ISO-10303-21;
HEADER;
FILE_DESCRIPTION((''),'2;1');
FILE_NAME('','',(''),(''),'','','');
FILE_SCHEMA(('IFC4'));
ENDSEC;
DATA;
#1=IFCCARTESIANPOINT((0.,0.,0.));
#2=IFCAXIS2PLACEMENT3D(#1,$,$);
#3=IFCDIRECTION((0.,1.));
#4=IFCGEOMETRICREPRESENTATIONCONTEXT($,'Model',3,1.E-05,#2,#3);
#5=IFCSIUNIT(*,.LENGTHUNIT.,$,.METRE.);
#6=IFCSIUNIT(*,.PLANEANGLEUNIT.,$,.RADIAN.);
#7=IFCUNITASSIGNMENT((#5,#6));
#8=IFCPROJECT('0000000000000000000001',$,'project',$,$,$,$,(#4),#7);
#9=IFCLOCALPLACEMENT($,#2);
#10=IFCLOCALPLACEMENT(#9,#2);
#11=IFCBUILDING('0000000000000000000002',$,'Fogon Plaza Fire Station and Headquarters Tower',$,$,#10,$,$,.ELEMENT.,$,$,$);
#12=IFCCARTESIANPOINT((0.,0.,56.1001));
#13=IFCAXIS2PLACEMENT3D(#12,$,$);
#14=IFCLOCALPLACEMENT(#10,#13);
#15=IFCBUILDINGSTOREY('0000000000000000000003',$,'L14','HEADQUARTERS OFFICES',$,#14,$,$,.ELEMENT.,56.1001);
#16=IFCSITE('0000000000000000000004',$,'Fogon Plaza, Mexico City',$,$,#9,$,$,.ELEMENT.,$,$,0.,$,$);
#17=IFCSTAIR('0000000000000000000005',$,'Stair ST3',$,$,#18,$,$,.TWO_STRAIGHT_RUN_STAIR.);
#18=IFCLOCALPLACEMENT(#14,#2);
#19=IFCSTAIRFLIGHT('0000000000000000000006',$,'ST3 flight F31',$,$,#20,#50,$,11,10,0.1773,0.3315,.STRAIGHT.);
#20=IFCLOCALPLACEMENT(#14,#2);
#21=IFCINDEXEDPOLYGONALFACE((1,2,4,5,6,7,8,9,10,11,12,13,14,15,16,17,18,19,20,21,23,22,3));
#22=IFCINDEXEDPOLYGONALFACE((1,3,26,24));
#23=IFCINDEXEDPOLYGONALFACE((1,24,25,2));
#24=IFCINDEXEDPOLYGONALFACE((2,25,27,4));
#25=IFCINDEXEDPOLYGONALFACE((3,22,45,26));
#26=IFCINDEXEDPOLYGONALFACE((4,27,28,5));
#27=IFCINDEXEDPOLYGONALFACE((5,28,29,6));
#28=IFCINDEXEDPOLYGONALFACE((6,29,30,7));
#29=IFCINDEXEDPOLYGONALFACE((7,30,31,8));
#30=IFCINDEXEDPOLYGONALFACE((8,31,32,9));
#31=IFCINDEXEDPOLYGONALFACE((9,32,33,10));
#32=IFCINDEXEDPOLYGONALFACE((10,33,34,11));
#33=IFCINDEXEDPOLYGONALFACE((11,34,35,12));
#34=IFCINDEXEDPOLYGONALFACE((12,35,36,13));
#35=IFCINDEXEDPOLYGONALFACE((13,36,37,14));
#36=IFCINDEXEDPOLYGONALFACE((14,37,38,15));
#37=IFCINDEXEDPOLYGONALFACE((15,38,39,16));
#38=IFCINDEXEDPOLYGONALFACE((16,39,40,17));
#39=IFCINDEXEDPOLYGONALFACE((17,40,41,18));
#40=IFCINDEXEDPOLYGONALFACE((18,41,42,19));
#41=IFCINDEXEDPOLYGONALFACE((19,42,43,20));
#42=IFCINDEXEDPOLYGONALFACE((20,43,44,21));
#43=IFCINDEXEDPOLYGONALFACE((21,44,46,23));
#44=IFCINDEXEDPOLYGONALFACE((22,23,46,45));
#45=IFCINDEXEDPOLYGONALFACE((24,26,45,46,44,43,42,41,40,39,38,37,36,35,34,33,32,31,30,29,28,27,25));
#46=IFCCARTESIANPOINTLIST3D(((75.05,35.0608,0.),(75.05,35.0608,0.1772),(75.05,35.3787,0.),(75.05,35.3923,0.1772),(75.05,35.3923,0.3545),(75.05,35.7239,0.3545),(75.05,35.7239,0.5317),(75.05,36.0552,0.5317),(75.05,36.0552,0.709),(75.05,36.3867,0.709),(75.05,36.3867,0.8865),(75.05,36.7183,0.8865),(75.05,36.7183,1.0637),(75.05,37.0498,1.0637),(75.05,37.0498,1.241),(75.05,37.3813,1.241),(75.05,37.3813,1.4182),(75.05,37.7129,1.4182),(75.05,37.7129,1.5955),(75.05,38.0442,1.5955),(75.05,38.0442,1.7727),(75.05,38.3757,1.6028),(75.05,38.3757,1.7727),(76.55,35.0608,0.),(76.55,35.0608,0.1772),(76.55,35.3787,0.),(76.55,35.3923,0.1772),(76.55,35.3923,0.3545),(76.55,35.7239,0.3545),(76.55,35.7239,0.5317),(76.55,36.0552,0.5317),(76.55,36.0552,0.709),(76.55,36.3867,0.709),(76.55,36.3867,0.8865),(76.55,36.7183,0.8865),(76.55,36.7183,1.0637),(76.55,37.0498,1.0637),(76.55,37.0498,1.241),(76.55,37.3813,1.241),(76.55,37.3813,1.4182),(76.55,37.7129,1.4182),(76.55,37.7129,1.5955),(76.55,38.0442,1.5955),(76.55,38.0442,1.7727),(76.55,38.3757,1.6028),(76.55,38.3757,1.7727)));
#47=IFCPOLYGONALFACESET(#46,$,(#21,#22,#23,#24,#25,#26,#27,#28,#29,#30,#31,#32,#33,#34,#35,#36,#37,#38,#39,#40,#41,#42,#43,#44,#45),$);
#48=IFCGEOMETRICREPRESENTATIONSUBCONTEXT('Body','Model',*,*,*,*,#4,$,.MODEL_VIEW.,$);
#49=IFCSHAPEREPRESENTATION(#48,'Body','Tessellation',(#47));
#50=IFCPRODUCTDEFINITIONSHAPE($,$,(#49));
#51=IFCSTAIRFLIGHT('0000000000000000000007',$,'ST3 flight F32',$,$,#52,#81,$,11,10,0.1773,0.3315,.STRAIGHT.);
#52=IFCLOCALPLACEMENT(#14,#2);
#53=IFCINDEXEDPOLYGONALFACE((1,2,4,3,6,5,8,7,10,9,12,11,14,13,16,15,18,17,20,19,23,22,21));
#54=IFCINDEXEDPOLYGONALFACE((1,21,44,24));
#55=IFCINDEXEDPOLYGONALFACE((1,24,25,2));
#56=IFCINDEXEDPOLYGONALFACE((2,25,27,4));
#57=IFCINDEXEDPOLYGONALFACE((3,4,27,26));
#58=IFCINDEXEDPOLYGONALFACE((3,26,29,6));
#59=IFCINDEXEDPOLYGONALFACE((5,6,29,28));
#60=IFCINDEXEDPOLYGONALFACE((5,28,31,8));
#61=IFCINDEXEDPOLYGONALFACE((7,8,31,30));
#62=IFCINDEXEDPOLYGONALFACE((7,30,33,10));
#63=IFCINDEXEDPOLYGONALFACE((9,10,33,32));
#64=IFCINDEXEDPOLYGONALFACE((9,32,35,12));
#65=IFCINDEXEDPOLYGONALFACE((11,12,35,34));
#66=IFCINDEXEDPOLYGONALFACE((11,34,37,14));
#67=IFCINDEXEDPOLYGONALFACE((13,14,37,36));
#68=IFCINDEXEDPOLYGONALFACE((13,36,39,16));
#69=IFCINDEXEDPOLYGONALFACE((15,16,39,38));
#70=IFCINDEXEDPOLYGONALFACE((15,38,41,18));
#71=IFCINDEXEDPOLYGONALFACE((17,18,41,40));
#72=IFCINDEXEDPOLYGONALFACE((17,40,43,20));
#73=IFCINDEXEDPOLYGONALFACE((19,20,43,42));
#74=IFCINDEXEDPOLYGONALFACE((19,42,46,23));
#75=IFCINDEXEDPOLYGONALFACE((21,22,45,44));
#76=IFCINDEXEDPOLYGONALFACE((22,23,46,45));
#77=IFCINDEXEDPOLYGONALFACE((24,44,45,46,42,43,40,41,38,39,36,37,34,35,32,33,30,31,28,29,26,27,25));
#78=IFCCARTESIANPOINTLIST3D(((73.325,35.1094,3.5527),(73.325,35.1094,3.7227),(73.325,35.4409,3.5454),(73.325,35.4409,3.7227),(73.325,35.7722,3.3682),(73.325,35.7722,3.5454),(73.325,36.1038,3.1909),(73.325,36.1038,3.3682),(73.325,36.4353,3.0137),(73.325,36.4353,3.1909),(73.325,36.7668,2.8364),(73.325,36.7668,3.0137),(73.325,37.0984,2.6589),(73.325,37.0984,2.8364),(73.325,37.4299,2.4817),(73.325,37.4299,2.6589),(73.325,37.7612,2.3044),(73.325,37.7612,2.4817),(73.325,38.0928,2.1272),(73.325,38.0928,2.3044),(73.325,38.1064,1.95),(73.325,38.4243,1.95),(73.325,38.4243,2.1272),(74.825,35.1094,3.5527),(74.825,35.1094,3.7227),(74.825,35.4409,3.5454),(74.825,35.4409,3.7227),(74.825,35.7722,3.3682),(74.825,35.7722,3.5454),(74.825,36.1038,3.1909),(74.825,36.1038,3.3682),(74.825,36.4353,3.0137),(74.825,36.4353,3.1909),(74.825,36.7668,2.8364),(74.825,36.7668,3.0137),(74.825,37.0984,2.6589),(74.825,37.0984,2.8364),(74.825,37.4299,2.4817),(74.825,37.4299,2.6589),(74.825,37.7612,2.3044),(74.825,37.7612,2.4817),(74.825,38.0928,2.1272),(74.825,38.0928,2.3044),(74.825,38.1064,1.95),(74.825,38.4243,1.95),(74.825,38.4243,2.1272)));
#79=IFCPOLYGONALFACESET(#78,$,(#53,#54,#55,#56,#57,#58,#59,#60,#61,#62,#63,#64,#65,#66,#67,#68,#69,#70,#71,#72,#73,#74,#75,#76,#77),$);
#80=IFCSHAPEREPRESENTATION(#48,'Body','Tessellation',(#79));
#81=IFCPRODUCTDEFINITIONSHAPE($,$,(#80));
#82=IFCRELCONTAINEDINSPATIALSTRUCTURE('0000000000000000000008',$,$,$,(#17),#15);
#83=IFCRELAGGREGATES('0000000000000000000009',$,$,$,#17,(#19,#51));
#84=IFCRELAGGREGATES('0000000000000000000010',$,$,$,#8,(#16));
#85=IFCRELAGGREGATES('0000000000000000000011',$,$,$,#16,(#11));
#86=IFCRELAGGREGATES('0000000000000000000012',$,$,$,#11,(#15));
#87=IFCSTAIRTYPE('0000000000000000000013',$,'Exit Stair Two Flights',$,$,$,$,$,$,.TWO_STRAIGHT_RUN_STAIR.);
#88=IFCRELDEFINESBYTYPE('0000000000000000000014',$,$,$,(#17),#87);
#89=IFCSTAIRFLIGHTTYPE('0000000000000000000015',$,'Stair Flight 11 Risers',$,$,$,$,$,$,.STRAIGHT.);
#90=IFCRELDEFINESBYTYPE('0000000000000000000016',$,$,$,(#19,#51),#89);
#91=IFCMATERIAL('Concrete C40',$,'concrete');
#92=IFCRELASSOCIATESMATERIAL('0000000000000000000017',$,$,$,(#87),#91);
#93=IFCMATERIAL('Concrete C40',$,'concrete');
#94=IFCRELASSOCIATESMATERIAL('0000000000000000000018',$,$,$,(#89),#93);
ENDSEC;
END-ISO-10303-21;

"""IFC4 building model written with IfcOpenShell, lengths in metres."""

from ifc_helpers import new_model, si_unit, direction, frame, origin, place, context, subcontext, project, spatial, polyline, outline, extrude, material, type_object, element, aggregate, save


model = new_model("IFC4")

# Units and contexts
model_context = context("Model", 3, precision=1e-05, world=origin(), true_north=direction((0.0, 1.0)))
body_context = subcontext(model_context, "Body", "Model", "MODEL_VIEW")
ifc_project = project(units=[si_unit("LENGTHUNIT", "METRE"), si_unit("PLANEANGLEUNIT", "RADIAN")], contexts=[model_context])

# Site, building, storey
site_placement = place(None, origin())
site = spatial("IfcSite", under=ifc_project, at=site_placement, Name="Fogon Plaza, Mexico City", CompositionType="ELEMENT", RefElevation=0.0)
building_placement = place(site_placement, origin())
building = spatial("IfcBuilding", under=site, at=building_placement, Name="Fogon Plaza Fire Station and Headquarters Tower", CompositionType="ELEMENT")
storey_placement = place(building_placement, frame((0.0, 0.0, 56.1001)))
storey = spatial("IfcBuildingStorey", under=building, at=storey_placement, Name="L14", Description="HEADQUARTERS OFFICES", CompositionType="ELEMENT", Elevation=56.1001)

# Stair, stair flights
ifc_material_1 = material(Name="Concrete C40", Category="concrete")
stair_type = type_object("IfcStairType", Name="Exit Stair Two Flights", PredefinedType="TWO_STRAIGHT_RUN_STAIR", material=ifc_material_1)
stair_placement = place(storey_placement, origin())
stair = element("IfcStair", 1, at=stair_placement, inside=storey, type_object=stair_type, Name="Stair ST3", PredefinedType="TWO_STRAIGHT_RUN_STAIR")
ifc_material_2 = material(Name="Concrete C40", Category="concrete")
stair_flight_type = type_object("IfcStairFlightType", Name="Stair Flight 11 Risers", PredefinedType="STRAIGHT", material=ifc_material_2)
stair_flight_1_placement = place(storey_placement, frame((75.8, 35.0608, 0.0), z_axis=(0.0, 0.0, 1.0), x_axis=(0.0, 1.0, 0.0)))
stair_flight_1 = element("IfcStairFlight", 2, at=stair_flight_1_placement, type_object=stair_flight_type, Name="ST3 flight F31", NumberOfRisers=11, NumberOfTreads=10, PredefinedType="STRAIGHT", RiserHeight=0.1773, TreadLength=0.3315, context=body_context, shape_type="SweptSolid", body=[
    extrude(outline(polyline([(0.0, 0.0), (0.0, 0.1772), (0.3315, 0.1772), (0.3315, 0.3545), (0.6631, 0.3545), (0.6631, 0.5317), (0.9944, 0.5317), (0.9944, 0.709), (1.3259, 0.709), (1.3259, 0.8865), (1.6575, 0.8865), (1.6575, 1.0637), (1.989, 1.0637), (1.989, 1.241), (2.3206, 1.241), (2.3206, 1.4182), (2.6521, 1.4182), (2.6521, 1.5955), (2.9834, 1.5955), (2.9834, 1.7727), (3.3149, 1.7727), (3.3149, 1.95), (3.3149, 1.6028), (0.3179, 0.0), (0.0, 0.0)])), frame((0.0, 0.75, 0.0), z_axis=(0.0, -1.0, 0.0), x_axis=(1.0, 0.0, 0.0)), (0.0, 0.0, 1.0), 1.5),
])
stair_flight_2_placement = place(storey_placement, frame((74.075, 38.4243, 1.95), z_axis=(0.0, 0.0, 1.0), x_axis=(0.0, -1.0, 0.0)))
stair_flight_2 = element("IfcStairFlight", 3, at=stair_flight_2_placement, type_object=stair_flight_type, Name="ST3 flight F32", NumberOfRisers=11, NumberOfTreads=10, PredefinedType="STRAIGHT", RiserHeight=0.1773, TreadLength=0.3315, context=body_context, shape_type="SweptSolid", body=[
    extrude(outline(polyline([(0.0, 0.0), (0.0, 0.1772), (0.3315, 0.1772), (0.3315, 0.3545), (0.6631, 0.3545), (0.6631, 0.5317), (0.9944, 0.5317), (0.9944, 0.709), (1.3259, 0.709), (1.3259, 0.8865), (1.6575, 0.8865), (1.6575, 1.0637), (1.989, 1.0637), (1.989, 1.241), (2.3206, 1.241), (2.3206, 1.4182), (2.6521, 1.4182), (2.6521, 1.5955), (2.9834, 1.5955), (2.9834, 1.7727), (3.3149, 1.7727), (3.3149, 1.95), (3.3149, 1.6028), (0.3179, 0.0), (0.0, 0.0)])), frame((0.0, 0.75, 0.0), z_axis=(0.0, -1.0, 0.0), x_axis=(1.0, 0.0, 0.0)), (0.0, 0.0, 1.0), 1.5),
])
aggregate(stair, [stair_flight_1, stair_flight_2])

save(model, "model.ifc")
